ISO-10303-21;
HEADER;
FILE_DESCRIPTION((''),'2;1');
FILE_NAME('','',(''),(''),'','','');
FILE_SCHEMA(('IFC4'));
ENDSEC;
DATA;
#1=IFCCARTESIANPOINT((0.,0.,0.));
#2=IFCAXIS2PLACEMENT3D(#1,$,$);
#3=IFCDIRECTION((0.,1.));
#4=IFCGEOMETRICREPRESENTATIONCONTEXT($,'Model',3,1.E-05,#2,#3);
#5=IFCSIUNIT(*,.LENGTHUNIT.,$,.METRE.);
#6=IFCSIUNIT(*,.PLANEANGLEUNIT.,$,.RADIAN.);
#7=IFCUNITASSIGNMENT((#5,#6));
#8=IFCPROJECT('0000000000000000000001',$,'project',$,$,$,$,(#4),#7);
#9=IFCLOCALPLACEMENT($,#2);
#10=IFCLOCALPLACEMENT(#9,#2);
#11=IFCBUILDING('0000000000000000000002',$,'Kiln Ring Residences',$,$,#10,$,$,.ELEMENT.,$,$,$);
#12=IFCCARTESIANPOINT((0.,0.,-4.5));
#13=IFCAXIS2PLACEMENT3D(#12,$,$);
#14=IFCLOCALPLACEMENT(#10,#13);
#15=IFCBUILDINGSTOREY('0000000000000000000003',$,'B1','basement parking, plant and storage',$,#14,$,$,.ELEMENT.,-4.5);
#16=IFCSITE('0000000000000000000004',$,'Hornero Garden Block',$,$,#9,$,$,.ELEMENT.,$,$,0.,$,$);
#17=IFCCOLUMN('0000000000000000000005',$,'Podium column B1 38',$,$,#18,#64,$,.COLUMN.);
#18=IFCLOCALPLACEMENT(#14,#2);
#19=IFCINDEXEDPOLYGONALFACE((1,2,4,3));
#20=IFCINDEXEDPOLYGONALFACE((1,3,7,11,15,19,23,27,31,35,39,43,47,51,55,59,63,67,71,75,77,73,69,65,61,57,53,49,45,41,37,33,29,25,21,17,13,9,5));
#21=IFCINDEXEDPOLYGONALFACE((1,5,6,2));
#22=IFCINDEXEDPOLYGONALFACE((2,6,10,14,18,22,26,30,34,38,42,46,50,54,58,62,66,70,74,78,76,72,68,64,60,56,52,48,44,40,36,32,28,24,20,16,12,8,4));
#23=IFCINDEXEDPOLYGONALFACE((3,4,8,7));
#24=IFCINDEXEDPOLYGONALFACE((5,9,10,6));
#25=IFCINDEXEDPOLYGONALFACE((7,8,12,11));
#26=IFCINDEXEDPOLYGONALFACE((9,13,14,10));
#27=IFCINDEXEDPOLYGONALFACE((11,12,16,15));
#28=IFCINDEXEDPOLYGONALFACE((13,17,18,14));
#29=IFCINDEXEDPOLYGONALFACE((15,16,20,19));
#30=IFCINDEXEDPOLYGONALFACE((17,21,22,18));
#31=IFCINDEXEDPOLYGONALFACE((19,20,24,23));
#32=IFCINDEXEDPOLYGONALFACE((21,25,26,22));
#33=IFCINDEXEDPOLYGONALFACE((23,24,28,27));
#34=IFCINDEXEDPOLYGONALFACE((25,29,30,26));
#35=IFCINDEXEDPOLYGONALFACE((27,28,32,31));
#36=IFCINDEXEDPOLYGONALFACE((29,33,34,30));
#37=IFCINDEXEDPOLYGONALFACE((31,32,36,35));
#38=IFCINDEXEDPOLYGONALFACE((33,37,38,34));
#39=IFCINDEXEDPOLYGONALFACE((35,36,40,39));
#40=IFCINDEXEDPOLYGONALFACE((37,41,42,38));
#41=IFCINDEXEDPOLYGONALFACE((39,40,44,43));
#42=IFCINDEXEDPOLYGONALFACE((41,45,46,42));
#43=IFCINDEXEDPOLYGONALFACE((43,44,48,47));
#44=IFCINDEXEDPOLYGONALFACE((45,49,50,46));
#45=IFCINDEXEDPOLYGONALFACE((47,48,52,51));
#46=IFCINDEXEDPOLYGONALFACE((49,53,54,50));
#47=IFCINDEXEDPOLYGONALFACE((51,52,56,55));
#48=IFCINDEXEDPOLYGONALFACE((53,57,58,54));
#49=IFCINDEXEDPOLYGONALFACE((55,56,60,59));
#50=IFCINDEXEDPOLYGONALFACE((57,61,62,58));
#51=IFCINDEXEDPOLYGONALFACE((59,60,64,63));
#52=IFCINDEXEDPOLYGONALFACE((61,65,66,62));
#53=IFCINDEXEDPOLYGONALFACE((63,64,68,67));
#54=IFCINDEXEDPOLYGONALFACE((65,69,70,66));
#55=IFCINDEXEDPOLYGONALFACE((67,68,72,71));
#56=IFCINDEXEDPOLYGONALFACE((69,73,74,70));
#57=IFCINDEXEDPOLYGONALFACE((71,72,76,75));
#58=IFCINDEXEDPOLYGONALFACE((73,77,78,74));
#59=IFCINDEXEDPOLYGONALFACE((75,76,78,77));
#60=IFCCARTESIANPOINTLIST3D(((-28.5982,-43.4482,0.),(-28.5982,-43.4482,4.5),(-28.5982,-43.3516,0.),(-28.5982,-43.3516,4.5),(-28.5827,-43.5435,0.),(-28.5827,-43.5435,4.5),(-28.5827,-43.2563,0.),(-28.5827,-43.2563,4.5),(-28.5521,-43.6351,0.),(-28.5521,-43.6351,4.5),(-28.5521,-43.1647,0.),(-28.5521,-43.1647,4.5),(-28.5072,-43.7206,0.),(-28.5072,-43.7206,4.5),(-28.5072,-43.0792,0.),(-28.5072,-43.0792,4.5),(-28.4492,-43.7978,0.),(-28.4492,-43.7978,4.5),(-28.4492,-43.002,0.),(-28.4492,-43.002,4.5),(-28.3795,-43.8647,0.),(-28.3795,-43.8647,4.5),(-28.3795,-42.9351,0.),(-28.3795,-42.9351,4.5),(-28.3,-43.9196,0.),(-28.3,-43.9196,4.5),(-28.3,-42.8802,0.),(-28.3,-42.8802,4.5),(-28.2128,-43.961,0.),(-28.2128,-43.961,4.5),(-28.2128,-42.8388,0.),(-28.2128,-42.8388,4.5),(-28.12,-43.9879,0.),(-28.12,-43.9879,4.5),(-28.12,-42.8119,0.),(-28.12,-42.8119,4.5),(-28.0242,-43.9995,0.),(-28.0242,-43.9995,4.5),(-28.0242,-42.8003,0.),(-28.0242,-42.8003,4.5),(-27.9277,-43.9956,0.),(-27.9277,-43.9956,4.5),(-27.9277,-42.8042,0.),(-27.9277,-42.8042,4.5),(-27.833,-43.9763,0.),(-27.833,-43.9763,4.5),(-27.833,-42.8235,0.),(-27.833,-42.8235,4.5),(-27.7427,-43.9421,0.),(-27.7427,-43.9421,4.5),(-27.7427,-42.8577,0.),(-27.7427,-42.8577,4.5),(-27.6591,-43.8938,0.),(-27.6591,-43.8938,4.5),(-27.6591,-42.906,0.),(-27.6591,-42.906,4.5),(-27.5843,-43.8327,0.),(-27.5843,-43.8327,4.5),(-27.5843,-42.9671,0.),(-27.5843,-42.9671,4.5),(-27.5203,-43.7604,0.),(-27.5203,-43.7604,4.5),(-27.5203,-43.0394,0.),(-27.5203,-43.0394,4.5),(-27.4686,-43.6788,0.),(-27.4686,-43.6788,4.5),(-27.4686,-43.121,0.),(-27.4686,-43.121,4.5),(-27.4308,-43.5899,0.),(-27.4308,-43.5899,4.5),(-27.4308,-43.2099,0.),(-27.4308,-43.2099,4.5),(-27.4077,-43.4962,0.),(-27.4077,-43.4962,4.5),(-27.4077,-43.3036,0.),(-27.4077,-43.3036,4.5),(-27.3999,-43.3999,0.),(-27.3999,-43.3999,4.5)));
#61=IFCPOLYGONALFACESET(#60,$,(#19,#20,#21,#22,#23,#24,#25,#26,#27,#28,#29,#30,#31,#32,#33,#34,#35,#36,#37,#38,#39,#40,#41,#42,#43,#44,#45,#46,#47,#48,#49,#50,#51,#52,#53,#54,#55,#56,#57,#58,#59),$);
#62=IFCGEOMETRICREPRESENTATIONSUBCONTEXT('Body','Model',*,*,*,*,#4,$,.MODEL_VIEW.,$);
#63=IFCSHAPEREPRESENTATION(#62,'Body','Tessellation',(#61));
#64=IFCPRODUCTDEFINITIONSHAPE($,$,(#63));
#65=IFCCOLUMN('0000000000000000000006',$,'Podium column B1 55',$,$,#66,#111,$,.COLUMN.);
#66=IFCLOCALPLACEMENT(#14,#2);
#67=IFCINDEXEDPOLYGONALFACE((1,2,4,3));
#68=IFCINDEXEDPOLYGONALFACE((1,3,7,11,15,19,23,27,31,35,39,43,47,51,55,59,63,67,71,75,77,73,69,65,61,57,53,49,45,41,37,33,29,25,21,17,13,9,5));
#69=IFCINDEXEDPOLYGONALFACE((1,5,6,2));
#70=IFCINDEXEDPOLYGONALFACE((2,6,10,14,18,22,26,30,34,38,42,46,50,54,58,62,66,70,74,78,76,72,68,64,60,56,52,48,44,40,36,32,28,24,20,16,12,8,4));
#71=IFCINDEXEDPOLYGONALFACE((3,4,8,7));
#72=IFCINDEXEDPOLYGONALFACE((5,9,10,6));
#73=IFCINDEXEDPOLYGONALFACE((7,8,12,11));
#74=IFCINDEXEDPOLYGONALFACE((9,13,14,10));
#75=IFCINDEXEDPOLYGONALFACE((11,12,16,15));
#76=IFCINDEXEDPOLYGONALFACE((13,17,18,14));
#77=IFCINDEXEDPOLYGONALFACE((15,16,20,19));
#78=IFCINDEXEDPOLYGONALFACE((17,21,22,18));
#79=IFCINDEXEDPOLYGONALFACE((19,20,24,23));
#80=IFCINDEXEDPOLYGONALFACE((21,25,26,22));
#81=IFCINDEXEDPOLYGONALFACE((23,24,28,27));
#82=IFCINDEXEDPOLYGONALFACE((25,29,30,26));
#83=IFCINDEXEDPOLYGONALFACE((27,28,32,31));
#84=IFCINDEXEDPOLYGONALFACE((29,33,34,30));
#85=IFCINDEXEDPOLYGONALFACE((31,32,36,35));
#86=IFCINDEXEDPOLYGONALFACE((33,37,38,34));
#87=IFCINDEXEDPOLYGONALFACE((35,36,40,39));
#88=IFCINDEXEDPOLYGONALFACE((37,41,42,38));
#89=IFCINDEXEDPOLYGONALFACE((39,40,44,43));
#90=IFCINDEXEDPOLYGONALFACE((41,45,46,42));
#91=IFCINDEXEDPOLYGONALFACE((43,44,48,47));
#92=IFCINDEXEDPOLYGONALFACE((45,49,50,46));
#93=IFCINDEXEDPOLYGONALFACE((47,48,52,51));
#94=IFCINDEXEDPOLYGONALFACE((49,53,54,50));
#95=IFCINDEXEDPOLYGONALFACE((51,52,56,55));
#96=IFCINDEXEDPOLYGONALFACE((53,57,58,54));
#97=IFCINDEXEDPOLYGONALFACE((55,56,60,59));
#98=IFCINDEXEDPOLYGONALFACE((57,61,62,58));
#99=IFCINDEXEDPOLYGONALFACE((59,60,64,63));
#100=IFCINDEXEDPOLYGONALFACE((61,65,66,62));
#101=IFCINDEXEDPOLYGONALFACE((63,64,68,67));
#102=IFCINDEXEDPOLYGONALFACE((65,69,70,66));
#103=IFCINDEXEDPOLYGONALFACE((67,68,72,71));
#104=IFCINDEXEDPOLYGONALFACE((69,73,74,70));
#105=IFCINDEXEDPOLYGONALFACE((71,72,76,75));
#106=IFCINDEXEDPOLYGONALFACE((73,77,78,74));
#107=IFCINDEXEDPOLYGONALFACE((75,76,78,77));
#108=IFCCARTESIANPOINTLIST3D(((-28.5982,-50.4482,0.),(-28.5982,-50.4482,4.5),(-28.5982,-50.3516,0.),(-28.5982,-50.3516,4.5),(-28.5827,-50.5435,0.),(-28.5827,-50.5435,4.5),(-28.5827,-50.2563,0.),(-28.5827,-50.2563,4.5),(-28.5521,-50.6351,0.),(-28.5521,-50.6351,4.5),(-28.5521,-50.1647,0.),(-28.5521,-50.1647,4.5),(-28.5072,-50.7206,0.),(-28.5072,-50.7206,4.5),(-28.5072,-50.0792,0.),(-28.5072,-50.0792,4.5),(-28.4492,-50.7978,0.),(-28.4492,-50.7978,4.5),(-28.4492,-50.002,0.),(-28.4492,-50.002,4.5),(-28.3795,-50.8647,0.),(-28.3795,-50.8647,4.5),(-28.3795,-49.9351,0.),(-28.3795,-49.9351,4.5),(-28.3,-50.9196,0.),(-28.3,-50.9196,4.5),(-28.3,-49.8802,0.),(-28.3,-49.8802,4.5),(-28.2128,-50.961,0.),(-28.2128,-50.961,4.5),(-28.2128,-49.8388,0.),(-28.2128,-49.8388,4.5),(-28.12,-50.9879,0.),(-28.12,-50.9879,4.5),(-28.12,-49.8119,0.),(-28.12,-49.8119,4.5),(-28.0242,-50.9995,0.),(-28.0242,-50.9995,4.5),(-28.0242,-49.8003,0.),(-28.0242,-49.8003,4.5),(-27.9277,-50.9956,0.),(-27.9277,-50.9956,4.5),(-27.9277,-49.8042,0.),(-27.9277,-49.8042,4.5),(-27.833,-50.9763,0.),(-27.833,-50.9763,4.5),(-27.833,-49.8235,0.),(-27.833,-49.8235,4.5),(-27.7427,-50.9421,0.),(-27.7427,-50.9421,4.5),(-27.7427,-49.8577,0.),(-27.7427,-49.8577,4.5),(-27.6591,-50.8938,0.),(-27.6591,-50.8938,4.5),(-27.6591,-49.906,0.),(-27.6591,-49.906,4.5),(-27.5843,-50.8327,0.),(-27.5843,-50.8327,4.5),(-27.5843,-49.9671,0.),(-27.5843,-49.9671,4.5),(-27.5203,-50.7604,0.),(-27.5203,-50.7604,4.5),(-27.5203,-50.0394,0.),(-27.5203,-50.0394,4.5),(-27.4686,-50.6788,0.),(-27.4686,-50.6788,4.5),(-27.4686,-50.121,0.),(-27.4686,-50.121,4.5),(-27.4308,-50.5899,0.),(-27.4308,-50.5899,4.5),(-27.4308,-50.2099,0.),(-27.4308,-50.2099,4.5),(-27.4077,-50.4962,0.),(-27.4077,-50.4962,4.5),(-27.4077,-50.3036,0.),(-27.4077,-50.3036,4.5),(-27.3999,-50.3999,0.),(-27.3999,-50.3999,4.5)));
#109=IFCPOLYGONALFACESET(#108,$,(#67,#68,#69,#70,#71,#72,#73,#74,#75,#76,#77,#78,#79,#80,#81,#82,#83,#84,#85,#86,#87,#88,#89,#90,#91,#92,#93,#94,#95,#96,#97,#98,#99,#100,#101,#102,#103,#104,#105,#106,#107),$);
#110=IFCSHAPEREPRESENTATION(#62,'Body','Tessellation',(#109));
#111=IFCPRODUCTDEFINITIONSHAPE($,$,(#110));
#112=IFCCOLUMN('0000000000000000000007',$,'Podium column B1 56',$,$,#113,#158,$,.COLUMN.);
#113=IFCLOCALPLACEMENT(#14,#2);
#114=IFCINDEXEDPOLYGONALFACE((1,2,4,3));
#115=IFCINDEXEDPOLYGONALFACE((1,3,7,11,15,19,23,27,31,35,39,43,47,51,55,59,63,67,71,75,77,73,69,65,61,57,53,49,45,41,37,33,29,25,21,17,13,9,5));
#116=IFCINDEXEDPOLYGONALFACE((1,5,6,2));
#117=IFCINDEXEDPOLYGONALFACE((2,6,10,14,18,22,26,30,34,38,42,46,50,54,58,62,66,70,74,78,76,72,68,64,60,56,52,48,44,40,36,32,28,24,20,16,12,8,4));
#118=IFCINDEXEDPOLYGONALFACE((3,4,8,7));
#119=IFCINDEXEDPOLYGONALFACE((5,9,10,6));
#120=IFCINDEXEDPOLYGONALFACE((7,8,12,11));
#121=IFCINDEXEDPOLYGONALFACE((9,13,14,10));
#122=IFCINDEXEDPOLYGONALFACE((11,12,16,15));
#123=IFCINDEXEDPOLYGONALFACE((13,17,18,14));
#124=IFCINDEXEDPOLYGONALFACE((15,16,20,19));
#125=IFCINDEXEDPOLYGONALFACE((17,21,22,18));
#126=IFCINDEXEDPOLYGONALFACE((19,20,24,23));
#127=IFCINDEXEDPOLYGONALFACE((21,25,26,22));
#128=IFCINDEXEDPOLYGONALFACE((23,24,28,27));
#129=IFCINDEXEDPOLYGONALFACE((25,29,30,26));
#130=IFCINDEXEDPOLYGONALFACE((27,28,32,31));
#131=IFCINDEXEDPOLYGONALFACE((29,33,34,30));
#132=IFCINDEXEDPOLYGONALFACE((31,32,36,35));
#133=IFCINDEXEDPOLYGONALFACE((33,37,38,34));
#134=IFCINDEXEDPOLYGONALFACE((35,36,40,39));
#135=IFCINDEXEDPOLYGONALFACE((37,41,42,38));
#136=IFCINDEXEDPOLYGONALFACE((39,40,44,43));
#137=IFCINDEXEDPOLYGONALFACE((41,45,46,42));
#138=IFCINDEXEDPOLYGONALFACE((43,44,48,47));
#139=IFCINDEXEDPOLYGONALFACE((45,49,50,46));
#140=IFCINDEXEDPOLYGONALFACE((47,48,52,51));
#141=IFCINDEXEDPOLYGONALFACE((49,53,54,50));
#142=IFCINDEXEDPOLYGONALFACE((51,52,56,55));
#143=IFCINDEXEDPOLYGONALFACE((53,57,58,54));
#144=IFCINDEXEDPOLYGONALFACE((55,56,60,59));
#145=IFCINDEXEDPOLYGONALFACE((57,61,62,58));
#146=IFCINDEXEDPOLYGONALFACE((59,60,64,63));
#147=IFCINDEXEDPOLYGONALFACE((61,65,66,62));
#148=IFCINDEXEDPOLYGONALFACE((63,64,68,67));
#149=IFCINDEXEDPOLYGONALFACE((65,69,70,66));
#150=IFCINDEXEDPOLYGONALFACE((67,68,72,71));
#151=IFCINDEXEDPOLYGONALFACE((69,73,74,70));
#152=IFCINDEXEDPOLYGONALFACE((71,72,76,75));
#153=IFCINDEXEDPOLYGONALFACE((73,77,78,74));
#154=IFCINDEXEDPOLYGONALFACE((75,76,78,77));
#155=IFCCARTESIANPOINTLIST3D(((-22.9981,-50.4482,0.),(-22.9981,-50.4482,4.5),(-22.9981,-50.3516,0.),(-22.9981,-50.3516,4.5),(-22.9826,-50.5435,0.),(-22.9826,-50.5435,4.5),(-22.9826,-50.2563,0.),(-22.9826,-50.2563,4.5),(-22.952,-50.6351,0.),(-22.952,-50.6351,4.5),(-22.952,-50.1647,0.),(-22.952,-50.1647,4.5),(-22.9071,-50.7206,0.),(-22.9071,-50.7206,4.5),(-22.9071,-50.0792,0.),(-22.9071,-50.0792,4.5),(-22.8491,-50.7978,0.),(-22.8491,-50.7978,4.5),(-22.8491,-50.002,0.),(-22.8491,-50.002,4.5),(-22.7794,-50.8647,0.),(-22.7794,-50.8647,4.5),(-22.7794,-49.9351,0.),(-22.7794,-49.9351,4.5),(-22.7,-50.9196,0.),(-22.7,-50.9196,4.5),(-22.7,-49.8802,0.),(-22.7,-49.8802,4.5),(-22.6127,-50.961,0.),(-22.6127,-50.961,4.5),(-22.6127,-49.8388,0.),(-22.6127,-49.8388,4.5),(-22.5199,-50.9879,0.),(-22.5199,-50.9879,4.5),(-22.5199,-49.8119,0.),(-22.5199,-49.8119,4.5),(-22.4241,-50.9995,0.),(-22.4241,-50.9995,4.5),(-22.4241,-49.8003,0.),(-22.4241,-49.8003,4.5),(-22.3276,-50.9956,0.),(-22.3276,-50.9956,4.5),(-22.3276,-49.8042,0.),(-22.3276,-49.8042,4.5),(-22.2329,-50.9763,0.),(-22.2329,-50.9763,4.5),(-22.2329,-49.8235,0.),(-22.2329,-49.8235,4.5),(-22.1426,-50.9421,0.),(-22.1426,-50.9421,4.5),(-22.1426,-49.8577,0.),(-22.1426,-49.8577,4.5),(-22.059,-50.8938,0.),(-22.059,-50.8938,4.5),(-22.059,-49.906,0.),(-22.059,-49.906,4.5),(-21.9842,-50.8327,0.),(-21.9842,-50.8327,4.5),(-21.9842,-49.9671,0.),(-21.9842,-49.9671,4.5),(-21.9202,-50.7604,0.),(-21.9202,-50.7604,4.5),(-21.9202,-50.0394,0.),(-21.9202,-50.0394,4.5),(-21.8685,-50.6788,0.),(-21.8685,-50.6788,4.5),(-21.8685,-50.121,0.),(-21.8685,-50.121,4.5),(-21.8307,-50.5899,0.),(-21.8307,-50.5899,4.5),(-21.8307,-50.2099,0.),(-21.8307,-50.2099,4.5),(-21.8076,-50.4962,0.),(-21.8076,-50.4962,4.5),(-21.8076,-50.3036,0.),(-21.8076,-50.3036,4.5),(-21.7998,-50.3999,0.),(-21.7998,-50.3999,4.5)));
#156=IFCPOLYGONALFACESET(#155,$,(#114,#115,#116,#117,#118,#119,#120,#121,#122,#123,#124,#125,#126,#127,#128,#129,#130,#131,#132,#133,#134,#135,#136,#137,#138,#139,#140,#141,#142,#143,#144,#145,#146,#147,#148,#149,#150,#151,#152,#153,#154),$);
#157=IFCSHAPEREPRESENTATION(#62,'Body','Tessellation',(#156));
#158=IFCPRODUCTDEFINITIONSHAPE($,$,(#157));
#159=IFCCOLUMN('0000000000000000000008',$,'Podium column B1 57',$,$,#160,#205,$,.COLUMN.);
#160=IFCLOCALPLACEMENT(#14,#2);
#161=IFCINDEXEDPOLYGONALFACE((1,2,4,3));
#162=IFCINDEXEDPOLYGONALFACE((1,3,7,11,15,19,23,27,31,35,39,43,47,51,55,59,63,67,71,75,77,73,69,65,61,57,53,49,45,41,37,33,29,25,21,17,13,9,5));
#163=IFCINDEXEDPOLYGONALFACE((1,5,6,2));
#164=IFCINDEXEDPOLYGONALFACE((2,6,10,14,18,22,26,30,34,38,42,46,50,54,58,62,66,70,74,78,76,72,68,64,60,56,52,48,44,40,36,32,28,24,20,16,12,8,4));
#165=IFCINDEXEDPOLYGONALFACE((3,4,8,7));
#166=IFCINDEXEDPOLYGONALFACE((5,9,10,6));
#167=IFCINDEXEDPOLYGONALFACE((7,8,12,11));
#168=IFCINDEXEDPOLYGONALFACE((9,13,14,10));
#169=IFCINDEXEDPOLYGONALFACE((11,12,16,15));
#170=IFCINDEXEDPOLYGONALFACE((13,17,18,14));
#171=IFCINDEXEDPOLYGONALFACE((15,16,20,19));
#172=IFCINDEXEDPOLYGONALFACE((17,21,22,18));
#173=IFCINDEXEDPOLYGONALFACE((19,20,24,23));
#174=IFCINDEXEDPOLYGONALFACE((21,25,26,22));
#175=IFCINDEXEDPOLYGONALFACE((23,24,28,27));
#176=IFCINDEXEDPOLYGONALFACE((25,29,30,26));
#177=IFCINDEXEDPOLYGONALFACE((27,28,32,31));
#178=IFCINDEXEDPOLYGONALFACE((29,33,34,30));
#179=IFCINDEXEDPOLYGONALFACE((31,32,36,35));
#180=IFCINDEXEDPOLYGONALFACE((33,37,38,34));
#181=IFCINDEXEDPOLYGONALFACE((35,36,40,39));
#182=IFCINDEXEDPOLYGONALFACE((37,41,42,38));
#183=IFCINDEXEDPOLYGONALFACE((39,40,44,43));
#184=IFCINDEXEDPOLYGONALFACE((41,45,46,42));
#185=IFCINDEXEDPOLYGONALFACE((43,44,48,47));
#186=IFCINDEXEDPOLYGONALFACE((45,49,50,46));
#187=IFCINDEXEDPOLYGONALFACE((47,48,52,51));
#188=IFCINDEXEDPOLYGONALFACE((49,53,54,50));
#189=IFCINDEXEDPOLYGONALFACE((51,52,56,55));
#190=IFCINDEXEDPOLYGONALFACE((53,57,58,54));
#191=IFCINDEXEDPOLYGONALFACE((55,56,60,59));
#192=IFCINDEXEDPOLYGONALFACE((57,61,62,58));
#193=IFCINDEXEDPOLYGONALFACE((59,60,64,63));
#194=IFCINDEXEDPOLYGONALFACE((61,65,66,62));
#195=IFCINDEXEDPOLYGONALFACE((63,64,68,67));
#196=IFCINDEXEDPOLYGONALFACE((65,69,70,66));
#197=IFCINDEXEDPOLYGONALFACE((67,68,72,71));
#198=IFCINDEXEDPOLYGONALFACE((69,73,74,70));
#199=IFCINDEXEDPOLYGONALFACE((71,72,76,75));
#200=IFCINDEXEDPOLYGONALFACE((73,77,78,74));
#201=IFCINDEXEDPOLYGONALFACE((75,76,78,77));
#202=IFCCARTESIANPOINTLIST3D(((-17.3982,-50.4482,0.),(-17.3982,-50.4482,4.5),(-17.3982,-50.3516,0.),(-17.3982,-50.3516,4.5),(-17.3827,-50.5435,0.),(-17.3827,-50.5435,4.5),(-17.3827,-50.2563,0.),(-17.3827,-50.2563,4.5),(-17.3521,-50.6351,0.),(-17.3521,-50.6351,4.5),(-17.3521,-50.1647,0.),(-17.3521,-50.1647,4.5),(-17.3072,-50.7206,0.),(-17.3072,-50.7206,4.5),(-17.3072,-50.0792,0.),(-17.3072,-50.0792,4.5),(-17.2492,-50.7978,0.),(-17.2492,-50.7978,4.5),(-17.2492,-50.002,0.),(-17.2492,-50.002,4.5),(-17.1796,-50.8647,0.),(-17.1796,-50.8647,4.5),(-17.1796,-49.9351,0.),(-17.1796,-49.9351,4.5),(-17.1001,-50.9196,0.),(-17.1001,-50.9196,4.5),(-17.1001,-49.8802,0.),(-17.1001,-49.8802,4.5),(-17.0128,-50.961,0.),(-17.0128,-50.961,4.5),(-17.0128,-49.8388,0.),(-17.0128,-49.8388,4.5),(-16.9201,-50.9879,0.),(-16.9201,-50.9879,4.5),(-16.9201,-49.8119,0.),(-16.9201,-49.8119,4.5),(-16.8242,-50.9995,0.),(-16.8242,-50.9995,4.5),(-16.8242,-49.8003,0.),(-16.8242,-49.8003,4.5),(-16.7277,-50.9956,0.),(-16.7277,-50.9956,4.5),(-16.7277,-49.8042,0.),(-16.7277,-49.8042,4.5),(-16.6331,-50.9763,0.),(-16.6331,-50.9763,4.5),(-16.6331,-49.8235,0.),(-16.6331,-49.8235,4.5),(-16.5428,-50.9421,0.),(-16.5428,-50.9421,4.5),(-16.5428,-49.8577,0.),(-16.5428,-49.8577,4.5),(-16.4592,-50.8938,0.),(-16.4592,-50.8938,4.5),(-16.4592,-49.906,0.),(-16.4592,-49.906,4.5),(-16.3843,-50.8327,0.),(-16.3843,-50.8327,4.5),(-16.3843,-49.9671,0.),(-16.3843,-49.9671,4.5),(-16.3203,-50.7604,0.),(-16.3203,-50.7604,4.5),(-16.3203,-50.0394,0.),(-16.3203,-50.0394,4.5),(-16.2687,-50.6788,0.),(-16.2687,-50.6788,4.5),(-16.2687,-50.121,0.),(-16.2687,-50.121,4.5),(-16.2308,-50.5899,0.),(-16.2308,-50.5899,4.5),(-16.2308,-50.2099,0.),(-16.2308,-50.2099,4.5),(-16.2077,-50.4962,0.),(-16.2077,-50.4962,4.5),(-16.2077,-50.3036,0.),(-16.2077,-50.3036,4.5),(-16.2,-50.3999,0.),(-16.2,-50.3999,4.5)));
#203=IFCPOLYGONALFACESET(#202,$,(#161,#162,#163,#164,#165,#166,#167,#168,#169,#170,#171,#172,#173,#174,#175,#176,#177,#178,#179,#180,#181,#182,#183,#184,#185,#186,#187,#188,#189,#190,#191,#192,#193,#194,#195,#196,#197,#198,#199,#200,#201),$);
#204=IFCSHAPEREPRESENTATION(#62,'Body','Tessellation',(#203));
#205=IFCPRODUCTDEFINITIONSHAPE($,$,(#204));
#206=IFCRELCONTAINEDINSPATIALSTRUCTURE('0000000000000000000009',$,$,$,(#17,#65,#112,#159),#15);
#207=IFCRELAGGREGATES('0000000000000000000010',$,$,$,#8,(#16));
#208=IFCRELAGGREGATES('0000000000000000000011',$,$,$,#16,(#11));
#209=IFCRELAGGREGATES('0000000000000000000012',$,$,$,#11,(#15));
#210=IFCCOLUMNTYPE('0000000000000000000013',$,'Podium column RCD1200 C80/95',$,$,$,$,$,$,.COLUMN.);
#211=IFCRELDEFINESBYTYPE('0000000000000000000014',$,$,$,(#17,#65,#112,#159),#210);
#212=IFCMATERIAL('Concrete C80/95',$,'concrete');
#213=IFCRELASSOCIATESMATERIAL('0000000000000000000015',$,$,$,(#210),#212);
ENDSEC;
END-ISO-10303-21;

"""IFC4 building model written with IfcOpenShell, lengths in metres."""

from ifc_helpers import new_model, si_unit, direction, frame, origin, origin_2d, place, context, subcontext, project, spatial, circle, extrude, material, material_profile, profile_set, type_object, element, save


model = new_model("IFC4")

# Units and contexts
model_context = context("Model", 3, precision=1e-05, world=origin(), true_north=direction((0.0, 1.0)))
body_context = subcontext(model_context, "Body", "Model", "MODEL_VIEW")
ifc_project = project(units=[si_unit("LENGTHUNIT", "METRE"), si_unit("PLANEANGLEUNIT", "RADIAN")], contexts=[model_context])

# Site, building, storey
site_placement = place(None, origin())
site = spatial("IfcSite", under=ifc_project, at=site_placement, Name="Hornero Garden Block", CompositionType="ELEMENT", RefElevation=0.0)
building_placement = place(site_placement, origin())
building = spatial("IfcBuilding", under=site, at=building_placement, Name="Kiln Ring Residences", CompositionType="ELEMENT")
storey_placement = place(building_placement, frame((0.0, 0.0, -4.5)))
storey = spatial("IfcBuildingStorey", under=building, at=storey_placement, Name="B1", Description="basement parking, plant and storage", CompositionType="ELEMENT", Elevation=-4.5)

# Columns
ifc_material_1 = material(Name="Concrete C80/95", Category="concrete")
ifc_material_profile_1 = material_profile(ifc_material_1, circle(Radius=0.6001, at=origin_2d()), Name="RCD1200")
ifc_profile_set_1 = profile_set([ifc_material_profile_1], Name="Concrete C80/95")
column_type = type_object("IfcColumnType", Name="Podium column RCD1200 C80/95", PredefinedType="COLUMN", material=ifc_profile_set_1)
for number, where, z_axis, x_axis, name in (
    (1, (-28.0, -43.3999, 0.0), (0.0, 0.0, 1.0), (1.0, 0.0, 0.0), "Podium column B1 38"),
    (2, (-28.0, -50.3999, 0.0), (0.0, 0.0, 1.0), (1.0, 0.0, 0.0), "Podium column B1 55"),
    (3, (-22.3999, -50.3999, 0.0), (0.0, 0.0, 1.0), (1.0, 0.0, 0.0), "Podium column B1 56"),
    (4, (-16.8, -50.3999, 0.0), (0.0, 0.0, 1.0), (1.0, 0.0, 0.0), "Podium column B1 57"),
):
    element("IfcColumn", number, at=place(storey_placement, frame(where, z_axis=z_axis, x_axis=x_axis)), inside=storey, type_object=column_type, Name=name, PredefinedType="COLUMN", context=body_context, shape_type="SweptSolid", body=[
        extrude(circle(Radius=0.6001, at=origin_2d()), origin(), (0.0, 0.0, 1.0), 4.5),
    ])

save(model, "model.ifc")
